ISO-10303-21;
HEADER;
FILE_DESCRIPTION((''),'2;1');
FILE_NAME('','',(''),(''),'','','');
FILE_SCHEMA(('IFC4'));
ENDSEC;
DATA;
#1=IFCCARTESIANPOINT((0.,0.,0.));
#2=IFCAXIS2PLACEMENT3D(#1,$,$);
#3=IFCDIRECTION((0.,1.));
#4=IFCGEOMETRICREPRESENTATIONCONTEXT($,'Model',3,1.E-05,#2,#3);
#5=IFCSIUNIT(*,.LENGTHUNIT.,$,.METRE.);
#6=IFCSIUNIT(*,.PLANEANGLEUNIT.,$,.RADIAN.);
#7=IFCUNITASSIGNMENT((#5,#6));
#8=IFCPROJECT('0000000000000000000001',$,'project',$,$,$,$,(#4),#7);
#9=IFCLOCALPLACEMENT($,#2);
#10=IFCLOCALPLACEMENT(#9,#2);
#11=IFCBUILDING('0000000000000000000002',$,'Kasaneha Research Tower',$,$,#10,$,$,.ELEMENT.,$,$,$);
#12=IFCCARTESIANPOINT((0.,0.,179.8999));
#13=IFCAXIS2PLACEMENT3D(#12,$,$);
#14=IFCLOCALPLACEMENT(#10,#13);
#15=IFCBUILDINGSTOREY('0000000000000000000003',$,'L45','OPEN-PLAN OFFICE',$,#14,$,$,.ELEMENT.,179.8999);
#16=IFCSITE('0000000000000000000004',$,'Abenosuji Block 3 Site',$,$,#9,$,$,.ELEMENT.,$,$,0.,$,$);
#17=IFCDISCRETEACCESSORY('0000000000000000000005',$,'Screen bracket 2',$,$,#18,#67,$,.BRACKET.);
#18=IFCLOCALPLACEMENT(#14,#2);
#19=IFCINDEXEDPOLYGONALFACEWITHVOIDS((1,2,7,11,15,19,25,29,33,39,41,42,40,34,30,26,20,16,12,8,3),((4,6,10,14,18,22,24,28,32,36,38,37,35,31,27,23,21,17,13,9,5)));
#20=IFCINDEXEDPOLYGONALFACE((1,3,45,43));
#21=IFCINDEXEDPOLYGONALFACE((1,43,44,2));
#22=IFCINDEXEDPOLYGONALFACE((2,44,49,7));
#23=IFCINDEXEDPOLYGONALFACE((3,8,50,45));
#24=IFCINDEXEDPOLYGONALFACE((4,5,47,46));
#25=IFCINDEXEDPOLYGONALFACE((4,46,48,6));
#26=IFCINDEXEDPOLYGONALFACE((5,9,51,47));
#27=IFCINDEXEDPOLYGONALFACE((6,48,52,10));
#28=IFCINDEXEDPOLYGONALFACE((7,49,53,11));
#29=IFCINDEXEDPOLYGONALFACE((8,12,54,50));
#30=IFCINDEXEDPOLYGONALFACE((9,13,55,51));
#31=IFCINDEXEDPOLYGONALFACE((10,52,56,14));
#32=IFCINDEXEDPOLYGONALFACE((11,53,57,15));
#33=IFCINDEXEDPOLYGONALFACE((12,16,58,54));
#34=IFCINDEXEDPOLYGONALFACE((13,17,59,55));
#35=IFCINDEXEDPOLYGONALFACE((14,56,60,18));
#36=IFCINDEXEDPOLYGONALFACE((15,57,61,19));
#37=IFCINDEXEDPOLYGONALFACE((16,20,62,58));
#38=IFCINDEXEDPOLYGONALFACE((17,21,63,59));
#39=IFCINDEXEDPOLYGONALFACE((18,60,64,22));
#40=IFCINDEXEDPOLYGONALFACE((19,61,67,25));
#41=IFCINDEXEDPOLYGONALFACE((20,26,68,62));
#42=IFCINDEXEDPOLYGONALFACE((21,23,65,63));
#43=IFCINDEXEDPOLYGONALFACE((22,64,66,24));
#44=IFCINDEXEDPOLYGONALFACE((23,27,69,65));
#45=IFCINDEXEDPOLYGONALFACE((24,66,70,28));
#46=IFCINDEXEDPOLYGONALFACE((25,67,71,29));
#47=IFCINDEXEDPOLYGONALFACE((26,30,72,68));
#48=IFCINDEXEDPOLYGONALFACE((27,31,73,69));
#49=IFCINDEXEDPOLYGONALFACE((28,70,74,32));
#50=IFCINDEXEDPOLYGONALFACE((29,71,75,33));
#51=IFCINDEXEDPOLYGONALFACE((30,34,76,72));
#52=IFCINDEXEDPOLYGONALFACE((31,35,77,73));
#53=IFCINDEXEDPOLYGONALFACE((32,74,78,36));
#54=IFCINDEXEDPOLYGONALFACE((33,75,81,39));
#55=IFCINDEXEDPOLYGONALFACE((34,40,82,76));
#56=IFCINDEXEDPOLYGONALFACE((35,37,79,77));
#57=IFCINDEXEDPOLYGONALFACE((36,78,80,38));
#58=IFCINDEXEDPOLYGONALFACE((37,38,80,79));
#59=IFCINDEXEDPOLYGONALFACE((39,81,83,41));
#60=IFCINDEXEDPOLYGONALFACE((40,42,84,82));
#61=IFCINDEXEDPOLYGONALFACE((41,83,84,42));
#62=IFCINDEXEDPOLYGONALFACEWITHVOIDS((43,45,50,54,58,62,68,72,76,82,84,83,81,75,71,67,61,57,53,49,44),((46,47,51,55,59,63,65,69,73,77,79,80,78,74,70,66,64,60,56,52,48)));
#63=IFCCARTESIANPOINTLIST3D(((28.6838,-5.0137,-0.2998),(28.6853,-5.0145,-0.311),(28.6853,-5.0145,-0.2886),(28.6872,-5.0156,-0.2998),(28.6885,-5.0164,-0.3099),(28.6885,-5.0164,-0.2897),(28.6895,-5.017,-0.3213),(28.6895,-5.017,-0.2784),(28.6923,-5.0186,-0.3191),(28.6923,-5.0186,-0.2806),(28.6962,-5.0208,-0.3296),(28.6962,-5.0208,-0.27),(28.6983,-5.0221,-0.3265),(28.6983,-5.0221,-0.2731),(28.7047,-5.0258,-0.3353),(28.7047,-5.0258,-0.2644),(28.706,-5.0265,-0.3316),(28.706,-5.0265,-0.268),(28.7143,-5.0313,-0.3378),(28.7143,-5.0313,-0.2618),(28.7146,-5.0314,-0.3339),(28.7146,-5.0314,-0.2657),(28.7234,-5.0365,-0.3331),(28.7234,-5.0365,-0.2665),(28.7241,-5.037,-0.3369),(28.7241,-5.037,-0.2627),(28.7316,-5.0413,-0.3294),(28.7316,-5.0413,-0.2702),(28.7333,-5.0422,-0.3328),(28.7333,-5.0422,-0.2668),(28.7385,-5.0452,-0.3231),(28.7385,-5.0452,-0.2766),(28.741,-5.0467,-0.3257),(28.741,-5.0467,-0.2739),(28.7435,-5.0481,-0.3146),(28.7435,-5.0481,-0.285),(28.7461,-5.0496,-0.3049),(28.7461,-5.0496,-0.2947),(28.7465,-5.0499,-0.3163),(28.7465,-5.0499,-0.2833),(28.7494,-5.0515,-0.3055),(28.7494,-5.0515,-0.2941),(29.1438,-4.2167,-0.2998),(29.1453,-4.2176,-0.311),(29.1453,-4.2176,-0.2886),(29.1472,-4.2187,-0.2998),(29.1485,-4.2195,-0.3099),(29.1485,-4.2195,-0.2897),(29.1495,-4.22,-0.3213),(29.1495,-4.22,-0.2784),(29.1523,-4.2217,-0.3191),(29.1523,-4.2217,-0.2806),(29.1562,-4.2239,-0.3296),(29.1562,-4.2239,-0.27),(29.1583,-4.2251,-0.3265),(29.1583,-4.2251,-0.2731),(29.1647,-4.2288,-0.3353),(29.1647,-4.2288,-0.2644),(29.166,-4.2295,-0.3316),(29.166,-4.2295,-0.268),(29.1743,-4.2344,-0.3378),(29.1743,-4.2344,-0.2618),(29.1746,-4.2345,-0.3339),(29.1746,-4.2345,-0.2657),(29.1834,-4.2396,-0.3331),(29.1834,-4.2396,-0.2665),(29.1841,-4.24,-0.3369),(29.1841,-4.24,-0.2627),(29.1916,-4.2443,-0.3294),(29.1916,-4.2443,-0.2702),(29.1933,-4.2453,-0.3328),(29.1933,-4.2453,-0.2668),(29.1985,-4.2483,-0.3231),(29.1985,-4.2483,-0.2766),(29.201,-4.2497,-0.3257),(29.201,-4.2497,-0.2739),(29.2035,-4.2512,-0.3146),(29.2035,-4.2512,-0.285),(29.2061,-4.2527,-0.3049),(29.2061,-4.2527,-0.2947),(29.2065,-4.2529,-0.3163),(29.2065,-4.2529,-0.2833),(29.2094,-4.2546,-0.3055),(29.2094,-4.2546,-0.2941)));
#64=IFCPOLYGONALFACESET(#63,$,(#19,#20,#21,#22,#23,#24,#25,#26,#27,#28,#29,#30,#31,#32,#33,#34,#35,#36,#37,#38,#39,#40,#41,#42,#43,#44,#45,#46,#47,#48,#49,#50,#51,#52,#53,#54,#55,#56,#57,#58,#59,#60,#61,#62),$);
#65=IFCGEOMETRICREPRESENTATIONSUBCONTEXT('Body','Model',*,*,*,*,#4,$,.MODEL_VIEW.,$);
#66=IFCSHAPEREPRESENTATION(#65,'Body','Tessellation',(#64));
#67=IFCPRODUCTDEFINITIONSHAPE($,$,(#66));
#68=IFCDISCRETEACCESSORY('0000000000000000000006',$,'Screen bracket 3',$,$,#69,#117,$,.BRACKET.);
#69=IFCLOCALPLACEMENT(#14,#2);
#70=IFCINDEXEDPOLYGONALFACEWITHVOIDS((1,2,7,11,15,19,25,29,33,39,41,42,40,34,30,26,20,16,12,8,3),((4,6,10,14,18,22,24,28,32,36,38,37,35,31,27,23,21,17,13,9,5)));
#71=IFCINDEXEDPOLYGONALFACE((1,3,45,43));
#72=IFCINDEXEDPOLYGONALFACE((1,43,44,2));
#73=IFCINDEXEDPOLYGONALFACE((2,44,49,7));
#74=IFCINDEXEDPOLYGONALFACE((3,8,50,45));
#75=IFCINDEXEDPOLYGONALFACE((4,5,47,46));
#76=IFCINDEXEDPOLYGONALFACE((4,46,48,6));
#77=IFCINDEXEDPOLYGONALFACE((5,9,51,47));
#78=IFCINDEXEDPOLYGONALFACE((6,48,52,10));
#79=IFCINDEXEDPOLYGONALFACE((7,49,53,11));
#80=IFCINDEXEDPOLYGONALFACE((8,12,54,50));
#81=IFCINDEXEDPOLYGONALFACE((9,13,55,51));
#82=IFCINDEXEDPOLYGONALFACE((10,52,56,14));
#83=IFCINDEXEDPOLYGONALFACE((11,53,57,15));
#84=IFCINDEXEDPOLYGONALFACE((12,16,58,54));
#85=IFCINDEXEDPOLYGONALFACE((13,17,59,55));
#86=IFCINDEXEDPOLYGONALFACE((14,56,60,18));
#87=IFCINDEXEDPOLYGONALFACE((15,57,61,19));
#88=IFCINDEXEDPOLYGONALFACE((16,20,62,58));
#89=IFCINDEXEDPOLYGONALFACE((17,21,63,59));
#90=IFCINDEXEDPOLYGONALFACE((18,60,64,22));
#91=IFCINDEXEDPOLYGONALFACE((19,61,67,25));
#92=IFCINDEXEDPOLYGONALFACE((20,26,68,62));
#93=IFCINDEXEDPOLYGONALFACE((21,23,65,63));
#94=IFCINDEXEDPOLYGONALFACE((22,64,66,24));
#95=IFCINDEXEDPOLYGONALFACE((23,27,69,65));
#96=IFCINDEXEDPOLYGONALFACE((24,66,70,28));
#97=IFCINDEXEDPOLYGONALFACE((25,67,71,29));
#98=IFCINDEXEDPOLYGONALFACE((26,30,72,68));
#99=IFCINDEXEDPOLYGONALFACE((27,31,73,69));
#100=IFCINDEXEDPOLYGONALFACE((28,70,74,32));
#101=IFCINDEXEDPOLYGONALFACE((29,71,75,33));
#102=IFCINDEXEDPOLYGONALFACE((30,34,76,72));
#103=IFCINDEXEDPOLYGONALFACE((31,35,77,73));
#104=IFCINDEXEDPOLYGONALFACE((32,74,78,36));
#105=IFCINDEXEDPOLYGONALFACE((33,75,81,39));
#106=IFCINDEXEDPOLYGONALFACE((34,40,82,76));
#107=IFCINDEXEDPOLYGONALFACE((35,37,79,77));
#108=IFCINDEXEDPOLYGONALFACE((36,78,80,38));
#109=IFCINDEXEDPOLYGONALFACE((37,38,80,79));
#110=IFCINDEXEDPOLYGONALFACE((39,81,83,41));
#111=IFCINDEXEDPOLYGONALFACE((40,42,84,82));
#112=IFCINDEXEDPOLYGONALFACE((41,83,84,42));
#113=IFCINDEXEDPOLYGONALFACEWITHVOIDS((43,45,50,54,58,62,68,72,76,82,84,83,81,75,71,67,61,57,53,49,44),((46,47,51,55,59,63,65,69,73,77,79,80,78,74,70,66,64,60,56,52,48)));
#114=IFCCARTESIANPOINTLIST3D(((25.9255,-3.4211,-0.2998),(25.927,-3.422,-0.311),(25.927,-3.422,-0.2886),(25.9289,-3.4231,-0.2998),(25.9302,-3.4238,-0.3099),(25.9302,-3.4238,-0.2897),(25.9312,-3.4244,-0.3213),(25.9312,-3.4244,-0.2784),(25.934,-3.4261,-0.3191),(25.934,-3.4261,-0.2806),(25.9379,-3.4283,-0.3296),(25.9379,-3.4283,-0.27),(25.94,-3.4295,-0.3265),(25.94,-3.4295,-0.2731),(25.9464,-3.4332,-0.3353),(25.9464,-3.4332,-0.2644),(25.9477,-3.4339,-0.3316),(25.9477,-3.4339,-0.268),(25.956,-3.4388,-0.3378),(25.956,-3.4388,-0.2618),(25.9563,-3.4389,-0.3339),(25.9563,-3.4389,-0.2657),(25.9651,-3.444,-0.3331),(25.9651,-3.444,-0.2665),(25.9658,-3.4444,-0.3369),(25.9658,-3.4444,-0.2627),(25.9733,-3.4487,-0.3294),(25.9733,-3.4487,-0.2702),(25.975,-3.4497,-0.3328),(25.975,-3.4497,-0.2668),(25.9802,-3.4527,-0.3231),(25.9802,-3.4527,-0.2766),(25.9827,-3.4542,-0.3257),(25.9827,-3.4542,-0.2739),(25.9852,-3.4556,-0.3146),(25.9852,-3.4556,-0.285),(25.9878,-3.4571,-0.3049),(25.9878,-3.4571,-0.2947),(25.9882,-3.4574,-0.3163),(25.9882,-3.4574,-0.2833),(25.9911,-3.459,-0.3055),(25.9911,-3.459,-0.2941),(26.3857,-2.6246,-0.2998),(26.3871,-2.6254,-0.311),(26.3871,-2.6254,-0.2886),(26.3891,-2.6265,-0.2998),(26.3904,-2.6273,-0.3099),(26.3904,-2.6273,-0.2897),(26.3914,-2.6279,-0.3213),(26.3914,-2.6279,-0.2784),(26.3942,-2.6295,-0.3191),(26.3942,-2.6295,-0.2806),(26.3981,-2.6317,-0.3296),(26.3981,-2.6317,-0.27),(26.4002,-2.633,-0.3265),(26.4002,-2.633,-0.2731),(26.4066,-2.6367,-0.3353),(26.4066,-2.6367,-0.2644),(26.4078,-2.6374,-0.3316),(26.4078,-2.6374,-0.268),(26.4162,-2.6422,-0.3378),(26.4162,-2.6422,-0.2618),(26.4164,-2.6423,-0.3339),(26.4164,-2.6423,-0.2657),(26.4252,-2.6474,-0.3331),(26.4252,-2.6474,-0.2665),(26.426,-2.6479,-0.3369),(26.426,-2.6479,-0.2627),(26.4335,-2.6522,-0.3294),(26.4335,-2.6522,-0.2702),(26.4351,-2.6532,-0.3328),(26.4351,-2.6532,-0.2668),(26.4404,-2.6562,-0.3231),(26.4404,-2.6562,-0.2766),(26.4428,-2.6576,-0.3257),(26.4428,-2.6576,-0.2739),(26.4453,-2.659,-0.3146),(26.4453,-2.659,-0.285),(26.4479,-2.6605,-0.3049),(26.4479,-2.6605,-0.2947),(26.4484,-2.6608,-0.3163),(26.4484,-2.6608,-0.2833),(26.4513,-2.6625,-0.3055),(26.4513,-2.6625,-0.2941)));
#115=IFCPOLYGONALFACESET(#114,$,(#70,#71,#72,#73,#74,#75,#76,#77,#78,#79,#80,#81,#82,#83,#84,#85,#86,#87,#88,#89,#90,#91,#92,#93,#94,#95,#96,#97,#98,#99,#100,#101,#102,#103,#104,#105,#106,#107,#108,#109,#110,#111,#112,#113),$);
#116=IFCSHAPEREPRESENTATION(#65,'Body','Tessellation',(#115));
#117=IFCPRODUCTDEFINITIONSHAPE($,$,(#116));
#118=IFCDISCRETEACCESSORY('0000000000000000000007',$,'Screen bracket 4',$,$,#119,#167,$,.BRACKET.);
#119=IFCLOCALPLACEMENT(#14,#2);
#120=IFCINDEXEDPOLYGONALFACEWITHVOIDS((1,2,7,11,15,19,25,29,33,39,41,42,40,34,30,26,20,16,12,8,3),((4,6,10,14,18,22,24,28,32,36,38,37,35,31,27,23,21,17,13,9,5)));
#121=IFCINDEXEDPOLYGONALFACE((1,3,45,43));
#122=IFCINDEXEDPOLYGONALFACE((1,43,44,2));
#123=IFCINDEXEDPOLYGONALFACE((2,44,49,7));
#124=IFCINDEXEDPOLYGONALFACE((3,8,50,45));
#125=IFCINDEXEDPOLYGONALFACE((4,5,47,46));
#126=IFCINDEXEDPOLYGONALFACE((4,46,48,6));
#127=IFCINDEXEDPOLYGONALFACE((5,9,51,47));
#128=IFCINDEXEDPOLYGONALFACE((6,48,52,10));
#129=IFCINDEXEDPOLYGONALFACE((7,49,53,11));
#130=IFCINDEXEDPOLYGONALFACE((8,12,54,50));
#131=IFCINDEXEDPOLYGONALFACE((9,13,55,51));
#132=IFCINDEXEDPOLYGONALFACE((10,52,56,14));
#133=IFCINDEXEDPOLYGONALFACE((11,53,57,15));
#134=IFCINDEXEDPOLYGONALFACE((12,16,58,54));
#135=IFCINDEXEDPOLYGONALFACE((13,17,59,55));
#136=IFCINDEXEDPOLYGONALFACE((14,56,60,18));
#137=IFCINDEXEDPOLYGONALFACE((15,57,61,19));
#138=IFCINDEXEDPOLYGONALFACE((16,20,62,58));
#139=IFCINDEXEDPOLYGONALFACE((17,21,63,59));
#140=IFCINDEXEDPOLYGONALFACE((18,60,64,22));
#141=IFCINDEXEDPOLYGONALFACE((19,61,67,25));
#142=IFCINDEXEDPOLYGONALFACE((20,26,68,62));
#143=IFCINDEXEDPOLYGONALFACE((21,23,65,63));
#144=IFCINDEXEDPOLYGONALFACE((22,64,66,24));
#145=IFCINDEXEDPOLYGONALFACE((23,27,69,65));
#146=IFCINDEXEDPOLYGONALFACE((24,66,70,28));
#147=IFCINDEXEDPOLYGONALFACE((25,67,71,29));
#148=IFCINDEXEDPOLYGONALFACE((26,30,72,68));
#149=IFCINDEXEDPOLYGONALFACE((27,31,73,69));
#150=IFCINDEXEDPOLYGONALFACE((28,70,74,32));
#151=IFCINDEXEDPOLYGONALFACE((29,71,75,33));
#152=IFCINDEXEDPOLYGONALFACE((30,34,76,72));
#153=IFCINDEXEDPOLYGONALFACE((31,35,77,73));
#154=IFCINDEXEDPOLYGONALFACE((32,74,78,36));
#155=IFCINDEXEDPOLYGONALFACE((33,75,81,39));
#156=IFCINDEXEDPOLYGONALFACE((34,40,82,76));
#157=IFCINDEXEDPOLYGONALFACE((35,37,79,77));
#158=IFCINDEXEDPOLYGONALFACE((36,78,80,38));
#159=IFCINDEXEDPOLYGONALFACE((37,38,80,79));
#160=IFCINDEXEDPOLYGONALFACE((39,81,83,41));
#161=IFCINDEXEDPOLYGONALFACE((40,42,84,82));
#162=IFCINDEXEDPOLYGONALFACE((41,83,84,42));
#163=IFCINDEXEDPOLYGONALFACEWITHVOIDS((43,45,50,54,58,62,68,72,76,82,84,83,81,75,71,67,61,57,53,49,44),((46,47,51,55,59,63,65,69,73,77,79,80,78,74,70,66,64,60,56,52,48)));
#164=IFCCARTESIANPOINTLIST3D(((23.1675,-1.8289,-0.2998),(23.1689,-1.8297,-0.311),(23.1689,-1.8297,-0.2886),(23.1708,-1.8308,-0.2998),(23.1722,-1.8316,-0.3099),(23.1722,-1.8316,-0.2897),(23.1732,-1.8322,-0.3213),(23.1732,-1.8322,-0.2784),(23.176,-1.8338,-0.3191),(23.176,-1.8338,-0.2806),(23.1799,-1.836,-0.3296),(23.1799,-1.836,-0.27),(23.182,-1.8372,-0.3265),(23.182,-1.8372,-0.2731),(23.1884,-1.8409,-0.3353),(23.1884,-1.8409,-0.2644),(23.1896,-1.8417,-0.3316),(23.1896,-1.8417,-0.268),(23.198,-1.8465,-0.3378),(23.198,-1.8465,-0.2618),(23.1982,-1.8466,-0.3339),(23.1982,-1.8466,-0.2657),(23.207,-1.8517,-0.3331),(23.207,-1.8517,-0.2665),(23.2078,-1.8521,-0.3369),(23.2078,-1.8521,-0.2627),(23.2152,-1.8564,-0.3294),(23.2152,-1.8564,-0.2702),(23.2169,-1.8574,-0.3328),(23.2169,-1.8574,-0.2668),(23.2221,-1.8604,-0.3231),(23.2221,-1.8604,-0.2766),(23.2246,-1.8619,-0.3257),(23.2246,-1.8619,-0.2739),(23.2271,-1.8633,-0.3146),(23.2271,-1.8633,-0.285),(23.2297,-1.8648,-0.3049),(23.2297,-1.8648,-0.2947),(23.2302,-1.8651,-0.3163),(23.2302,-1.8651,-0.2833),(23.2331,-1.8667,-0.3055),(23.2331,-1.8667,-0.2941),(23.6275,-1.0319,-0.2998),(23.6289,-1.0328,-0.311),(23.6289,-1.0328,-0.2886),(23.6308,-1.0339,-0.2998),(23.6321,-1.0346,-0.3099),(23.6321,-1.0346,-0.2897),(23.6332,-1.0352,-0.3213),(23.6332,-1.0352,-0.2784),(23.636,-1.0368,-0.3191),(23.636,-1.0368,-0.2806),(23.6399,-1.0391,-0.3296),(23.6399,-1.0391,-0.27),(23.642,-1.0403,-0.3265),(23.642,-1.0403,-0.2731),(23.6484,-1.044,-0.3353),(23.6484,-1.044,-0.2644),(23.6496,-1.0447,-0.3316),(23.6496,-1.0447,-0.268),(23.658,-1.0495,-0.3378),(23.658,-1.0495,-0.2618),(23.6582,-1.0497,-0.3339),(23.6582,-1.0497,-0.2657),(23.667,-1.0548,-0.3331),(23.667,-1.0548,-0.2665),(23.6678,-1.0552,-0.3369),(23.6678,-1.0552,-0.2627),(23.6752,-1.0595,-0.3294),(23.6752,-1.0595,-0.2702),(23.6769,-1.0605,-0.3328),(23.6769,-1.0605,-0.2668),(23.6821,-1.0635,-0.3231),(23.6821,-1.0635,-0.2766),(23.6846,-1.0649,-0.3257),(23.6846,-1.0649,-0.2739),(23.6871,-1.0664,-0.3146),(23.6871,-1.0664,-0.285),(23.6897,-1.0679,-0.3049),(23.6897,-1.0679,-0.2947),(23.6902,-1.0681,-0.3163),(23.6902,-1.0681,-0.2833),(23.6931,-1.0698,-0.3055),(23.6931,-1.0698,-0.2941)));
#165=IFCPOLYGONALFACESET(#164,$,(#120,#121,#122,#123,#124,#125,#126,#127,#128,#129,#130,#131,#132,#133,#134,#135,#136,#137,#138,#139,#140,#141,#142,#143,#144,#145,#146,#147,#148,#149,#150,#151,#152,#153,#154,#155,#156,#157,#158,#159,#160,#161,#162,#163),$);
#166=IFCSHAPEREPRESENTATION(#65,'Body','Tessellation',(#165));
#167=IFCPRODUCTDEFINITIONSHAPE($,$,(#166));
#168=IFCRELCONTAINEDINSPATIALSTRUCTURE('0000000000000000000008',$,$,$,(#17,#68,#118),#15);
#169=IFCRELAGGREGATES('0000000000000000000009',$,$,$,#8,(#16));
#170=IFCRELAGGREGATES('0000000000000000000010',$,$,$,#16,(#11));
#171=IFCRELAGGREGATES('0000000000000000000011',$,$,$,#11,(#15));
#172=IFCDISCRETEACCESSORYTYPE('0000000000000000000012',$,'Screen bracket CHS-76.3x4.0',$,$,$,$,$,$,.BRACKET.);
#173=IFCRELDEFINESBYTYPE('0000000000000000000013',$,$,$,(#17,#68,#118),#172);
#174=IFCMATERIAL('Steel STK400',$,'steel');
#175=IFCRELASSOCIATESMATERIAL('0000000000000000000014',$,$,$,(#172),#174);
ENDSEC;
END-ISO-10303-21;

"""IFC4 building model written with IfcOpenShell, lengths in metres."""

from ifc_helpers import new_model, si_unit, direction, frame, origin, origin_2d, place, context, subcontext, project, spatial, hollow_circle, extrude, material, material_profile, profile_set, type_object, element, save


model = new_model("IFC4")

# Units and contexts
model_context = context("Model", 3, precision=1e-05, world=origin(), true_north=direction((0.0, 1.0)))
body_context = subcontext(model_context, "Body", "Model", "MODEL_VIEW")
ifc_project = project(units=[si_unit("LENGTHUNIT", "METRE"), si_unit("PLANEANGLEUNIT", "RADIAN")], contexts=[model_context])

# Site, building, storey
site_placement = place(None, origin())
site = spatial("IfcSite", under=ifc_project, at=site_placement, Name="Abenosuji Block 3 Site", CompositionType="ELEMENT", RefElevation=0.0)
building_placement = place(site_placement, origin())
building = spatial("IfcBuilding", under=site, at=building_placement, Name="Kasaneha Research Tower", CompositionType="ELEMENT")
storey_placement = place(building_placement, frame((0.0, 0.0, 179.8999)))
storey = spatial("IfcBuildingStorey", under=building, at=storey_placement, Name="L45", Description="OPEN-PLAN OFFICE", CompositionType="ELEMENT", Elevation=179.8999)

# Discrete accessories
ifc_material_1 = material(Name="Steel STK400", Category="steel")
ifc_material_profile_1 = material_profile(ifc_material_1, hollow_circle(Radius=0.0381, WallThickness=0.0039, at=origin_2d()), Name="CHS-76.3x4.0")
ifc_profile_set_1 = profile_set([ifc_material_profile_1], Name="Steel STK400")
discrete_accessory_type = type_object("IfcDiscreteAccessoryType", Name="Screen bracket CHS-76.3x4.0", PredefinedType="BRACKET", material=ifc_profile_set_1)
discrete_accessory_1_placement = place(storey_placement, frame((28.7168, -5.0327, -0.2998), z_axis=(0.499906, 0.86608, 0.0), x_axis=(-0.86608, 0.499906, 0.0)))
element("IfcDiscreteAccessory", 1, at=discrete_accessory_1_placement, inside=storey, type_object=discrete_accessory_type, Name="Screen bracket 2", PredefinedType="BRACKET", context=body_context, shape_type="SweptSolid", body=[
    extrude(hollow_circle(Radius=0.0381, WallThickness=0.0039, at=origin_2d()), origin(), (0.0, 0.0, 1.0), 0.9202),
])
discrete_accessory_2_placement = place(storey_placement, frame((25.9585, -3.4402, -0.2998), z_axis=(0.50022, 0.865898, 0.0), x_axis=(-0.865898, 0.50022, 0.0)))
element("IfcDiscreteAccessory", 2, at=discrete_accessory_2_placement, inside=storey, type_object=discrete_accessory_type, Name="Screen bracket 3", PredefinedType="BRACKET", context=body_context, shape_type="SweptSolid", body=[
    extrude(hollow_circle(Radius=0.0381, WallThickness=0.0039, at=origin_2d()), origin(), (0.0, 0.0, 1.0), 0.9199),
])
discrete_accessory_3_placement = place(storey_placement, frame((23.2004, -1.8479, -0.2998), z_axis=(0.499906, 0.86608, 0.0), x_axis=(-0.86608, 0.499906, 0.0)))
element("IfcDiscreteAccessory", 3, at=discrete_accessory_3_placement, inside=storey, type_object=discrete_accessory_type, Name="Screen bracket 4", PredefinedType="BRACKET", context=body_context, shape_type="SweptSolid", body=[
    extrude(hollow_circle(Radius=0.0381, WallThickness=0.0039, at=origin_2d()), origin(), (0.0, 0.0, 1.0), 0.9202),
])

save(model, "model.ifc")
